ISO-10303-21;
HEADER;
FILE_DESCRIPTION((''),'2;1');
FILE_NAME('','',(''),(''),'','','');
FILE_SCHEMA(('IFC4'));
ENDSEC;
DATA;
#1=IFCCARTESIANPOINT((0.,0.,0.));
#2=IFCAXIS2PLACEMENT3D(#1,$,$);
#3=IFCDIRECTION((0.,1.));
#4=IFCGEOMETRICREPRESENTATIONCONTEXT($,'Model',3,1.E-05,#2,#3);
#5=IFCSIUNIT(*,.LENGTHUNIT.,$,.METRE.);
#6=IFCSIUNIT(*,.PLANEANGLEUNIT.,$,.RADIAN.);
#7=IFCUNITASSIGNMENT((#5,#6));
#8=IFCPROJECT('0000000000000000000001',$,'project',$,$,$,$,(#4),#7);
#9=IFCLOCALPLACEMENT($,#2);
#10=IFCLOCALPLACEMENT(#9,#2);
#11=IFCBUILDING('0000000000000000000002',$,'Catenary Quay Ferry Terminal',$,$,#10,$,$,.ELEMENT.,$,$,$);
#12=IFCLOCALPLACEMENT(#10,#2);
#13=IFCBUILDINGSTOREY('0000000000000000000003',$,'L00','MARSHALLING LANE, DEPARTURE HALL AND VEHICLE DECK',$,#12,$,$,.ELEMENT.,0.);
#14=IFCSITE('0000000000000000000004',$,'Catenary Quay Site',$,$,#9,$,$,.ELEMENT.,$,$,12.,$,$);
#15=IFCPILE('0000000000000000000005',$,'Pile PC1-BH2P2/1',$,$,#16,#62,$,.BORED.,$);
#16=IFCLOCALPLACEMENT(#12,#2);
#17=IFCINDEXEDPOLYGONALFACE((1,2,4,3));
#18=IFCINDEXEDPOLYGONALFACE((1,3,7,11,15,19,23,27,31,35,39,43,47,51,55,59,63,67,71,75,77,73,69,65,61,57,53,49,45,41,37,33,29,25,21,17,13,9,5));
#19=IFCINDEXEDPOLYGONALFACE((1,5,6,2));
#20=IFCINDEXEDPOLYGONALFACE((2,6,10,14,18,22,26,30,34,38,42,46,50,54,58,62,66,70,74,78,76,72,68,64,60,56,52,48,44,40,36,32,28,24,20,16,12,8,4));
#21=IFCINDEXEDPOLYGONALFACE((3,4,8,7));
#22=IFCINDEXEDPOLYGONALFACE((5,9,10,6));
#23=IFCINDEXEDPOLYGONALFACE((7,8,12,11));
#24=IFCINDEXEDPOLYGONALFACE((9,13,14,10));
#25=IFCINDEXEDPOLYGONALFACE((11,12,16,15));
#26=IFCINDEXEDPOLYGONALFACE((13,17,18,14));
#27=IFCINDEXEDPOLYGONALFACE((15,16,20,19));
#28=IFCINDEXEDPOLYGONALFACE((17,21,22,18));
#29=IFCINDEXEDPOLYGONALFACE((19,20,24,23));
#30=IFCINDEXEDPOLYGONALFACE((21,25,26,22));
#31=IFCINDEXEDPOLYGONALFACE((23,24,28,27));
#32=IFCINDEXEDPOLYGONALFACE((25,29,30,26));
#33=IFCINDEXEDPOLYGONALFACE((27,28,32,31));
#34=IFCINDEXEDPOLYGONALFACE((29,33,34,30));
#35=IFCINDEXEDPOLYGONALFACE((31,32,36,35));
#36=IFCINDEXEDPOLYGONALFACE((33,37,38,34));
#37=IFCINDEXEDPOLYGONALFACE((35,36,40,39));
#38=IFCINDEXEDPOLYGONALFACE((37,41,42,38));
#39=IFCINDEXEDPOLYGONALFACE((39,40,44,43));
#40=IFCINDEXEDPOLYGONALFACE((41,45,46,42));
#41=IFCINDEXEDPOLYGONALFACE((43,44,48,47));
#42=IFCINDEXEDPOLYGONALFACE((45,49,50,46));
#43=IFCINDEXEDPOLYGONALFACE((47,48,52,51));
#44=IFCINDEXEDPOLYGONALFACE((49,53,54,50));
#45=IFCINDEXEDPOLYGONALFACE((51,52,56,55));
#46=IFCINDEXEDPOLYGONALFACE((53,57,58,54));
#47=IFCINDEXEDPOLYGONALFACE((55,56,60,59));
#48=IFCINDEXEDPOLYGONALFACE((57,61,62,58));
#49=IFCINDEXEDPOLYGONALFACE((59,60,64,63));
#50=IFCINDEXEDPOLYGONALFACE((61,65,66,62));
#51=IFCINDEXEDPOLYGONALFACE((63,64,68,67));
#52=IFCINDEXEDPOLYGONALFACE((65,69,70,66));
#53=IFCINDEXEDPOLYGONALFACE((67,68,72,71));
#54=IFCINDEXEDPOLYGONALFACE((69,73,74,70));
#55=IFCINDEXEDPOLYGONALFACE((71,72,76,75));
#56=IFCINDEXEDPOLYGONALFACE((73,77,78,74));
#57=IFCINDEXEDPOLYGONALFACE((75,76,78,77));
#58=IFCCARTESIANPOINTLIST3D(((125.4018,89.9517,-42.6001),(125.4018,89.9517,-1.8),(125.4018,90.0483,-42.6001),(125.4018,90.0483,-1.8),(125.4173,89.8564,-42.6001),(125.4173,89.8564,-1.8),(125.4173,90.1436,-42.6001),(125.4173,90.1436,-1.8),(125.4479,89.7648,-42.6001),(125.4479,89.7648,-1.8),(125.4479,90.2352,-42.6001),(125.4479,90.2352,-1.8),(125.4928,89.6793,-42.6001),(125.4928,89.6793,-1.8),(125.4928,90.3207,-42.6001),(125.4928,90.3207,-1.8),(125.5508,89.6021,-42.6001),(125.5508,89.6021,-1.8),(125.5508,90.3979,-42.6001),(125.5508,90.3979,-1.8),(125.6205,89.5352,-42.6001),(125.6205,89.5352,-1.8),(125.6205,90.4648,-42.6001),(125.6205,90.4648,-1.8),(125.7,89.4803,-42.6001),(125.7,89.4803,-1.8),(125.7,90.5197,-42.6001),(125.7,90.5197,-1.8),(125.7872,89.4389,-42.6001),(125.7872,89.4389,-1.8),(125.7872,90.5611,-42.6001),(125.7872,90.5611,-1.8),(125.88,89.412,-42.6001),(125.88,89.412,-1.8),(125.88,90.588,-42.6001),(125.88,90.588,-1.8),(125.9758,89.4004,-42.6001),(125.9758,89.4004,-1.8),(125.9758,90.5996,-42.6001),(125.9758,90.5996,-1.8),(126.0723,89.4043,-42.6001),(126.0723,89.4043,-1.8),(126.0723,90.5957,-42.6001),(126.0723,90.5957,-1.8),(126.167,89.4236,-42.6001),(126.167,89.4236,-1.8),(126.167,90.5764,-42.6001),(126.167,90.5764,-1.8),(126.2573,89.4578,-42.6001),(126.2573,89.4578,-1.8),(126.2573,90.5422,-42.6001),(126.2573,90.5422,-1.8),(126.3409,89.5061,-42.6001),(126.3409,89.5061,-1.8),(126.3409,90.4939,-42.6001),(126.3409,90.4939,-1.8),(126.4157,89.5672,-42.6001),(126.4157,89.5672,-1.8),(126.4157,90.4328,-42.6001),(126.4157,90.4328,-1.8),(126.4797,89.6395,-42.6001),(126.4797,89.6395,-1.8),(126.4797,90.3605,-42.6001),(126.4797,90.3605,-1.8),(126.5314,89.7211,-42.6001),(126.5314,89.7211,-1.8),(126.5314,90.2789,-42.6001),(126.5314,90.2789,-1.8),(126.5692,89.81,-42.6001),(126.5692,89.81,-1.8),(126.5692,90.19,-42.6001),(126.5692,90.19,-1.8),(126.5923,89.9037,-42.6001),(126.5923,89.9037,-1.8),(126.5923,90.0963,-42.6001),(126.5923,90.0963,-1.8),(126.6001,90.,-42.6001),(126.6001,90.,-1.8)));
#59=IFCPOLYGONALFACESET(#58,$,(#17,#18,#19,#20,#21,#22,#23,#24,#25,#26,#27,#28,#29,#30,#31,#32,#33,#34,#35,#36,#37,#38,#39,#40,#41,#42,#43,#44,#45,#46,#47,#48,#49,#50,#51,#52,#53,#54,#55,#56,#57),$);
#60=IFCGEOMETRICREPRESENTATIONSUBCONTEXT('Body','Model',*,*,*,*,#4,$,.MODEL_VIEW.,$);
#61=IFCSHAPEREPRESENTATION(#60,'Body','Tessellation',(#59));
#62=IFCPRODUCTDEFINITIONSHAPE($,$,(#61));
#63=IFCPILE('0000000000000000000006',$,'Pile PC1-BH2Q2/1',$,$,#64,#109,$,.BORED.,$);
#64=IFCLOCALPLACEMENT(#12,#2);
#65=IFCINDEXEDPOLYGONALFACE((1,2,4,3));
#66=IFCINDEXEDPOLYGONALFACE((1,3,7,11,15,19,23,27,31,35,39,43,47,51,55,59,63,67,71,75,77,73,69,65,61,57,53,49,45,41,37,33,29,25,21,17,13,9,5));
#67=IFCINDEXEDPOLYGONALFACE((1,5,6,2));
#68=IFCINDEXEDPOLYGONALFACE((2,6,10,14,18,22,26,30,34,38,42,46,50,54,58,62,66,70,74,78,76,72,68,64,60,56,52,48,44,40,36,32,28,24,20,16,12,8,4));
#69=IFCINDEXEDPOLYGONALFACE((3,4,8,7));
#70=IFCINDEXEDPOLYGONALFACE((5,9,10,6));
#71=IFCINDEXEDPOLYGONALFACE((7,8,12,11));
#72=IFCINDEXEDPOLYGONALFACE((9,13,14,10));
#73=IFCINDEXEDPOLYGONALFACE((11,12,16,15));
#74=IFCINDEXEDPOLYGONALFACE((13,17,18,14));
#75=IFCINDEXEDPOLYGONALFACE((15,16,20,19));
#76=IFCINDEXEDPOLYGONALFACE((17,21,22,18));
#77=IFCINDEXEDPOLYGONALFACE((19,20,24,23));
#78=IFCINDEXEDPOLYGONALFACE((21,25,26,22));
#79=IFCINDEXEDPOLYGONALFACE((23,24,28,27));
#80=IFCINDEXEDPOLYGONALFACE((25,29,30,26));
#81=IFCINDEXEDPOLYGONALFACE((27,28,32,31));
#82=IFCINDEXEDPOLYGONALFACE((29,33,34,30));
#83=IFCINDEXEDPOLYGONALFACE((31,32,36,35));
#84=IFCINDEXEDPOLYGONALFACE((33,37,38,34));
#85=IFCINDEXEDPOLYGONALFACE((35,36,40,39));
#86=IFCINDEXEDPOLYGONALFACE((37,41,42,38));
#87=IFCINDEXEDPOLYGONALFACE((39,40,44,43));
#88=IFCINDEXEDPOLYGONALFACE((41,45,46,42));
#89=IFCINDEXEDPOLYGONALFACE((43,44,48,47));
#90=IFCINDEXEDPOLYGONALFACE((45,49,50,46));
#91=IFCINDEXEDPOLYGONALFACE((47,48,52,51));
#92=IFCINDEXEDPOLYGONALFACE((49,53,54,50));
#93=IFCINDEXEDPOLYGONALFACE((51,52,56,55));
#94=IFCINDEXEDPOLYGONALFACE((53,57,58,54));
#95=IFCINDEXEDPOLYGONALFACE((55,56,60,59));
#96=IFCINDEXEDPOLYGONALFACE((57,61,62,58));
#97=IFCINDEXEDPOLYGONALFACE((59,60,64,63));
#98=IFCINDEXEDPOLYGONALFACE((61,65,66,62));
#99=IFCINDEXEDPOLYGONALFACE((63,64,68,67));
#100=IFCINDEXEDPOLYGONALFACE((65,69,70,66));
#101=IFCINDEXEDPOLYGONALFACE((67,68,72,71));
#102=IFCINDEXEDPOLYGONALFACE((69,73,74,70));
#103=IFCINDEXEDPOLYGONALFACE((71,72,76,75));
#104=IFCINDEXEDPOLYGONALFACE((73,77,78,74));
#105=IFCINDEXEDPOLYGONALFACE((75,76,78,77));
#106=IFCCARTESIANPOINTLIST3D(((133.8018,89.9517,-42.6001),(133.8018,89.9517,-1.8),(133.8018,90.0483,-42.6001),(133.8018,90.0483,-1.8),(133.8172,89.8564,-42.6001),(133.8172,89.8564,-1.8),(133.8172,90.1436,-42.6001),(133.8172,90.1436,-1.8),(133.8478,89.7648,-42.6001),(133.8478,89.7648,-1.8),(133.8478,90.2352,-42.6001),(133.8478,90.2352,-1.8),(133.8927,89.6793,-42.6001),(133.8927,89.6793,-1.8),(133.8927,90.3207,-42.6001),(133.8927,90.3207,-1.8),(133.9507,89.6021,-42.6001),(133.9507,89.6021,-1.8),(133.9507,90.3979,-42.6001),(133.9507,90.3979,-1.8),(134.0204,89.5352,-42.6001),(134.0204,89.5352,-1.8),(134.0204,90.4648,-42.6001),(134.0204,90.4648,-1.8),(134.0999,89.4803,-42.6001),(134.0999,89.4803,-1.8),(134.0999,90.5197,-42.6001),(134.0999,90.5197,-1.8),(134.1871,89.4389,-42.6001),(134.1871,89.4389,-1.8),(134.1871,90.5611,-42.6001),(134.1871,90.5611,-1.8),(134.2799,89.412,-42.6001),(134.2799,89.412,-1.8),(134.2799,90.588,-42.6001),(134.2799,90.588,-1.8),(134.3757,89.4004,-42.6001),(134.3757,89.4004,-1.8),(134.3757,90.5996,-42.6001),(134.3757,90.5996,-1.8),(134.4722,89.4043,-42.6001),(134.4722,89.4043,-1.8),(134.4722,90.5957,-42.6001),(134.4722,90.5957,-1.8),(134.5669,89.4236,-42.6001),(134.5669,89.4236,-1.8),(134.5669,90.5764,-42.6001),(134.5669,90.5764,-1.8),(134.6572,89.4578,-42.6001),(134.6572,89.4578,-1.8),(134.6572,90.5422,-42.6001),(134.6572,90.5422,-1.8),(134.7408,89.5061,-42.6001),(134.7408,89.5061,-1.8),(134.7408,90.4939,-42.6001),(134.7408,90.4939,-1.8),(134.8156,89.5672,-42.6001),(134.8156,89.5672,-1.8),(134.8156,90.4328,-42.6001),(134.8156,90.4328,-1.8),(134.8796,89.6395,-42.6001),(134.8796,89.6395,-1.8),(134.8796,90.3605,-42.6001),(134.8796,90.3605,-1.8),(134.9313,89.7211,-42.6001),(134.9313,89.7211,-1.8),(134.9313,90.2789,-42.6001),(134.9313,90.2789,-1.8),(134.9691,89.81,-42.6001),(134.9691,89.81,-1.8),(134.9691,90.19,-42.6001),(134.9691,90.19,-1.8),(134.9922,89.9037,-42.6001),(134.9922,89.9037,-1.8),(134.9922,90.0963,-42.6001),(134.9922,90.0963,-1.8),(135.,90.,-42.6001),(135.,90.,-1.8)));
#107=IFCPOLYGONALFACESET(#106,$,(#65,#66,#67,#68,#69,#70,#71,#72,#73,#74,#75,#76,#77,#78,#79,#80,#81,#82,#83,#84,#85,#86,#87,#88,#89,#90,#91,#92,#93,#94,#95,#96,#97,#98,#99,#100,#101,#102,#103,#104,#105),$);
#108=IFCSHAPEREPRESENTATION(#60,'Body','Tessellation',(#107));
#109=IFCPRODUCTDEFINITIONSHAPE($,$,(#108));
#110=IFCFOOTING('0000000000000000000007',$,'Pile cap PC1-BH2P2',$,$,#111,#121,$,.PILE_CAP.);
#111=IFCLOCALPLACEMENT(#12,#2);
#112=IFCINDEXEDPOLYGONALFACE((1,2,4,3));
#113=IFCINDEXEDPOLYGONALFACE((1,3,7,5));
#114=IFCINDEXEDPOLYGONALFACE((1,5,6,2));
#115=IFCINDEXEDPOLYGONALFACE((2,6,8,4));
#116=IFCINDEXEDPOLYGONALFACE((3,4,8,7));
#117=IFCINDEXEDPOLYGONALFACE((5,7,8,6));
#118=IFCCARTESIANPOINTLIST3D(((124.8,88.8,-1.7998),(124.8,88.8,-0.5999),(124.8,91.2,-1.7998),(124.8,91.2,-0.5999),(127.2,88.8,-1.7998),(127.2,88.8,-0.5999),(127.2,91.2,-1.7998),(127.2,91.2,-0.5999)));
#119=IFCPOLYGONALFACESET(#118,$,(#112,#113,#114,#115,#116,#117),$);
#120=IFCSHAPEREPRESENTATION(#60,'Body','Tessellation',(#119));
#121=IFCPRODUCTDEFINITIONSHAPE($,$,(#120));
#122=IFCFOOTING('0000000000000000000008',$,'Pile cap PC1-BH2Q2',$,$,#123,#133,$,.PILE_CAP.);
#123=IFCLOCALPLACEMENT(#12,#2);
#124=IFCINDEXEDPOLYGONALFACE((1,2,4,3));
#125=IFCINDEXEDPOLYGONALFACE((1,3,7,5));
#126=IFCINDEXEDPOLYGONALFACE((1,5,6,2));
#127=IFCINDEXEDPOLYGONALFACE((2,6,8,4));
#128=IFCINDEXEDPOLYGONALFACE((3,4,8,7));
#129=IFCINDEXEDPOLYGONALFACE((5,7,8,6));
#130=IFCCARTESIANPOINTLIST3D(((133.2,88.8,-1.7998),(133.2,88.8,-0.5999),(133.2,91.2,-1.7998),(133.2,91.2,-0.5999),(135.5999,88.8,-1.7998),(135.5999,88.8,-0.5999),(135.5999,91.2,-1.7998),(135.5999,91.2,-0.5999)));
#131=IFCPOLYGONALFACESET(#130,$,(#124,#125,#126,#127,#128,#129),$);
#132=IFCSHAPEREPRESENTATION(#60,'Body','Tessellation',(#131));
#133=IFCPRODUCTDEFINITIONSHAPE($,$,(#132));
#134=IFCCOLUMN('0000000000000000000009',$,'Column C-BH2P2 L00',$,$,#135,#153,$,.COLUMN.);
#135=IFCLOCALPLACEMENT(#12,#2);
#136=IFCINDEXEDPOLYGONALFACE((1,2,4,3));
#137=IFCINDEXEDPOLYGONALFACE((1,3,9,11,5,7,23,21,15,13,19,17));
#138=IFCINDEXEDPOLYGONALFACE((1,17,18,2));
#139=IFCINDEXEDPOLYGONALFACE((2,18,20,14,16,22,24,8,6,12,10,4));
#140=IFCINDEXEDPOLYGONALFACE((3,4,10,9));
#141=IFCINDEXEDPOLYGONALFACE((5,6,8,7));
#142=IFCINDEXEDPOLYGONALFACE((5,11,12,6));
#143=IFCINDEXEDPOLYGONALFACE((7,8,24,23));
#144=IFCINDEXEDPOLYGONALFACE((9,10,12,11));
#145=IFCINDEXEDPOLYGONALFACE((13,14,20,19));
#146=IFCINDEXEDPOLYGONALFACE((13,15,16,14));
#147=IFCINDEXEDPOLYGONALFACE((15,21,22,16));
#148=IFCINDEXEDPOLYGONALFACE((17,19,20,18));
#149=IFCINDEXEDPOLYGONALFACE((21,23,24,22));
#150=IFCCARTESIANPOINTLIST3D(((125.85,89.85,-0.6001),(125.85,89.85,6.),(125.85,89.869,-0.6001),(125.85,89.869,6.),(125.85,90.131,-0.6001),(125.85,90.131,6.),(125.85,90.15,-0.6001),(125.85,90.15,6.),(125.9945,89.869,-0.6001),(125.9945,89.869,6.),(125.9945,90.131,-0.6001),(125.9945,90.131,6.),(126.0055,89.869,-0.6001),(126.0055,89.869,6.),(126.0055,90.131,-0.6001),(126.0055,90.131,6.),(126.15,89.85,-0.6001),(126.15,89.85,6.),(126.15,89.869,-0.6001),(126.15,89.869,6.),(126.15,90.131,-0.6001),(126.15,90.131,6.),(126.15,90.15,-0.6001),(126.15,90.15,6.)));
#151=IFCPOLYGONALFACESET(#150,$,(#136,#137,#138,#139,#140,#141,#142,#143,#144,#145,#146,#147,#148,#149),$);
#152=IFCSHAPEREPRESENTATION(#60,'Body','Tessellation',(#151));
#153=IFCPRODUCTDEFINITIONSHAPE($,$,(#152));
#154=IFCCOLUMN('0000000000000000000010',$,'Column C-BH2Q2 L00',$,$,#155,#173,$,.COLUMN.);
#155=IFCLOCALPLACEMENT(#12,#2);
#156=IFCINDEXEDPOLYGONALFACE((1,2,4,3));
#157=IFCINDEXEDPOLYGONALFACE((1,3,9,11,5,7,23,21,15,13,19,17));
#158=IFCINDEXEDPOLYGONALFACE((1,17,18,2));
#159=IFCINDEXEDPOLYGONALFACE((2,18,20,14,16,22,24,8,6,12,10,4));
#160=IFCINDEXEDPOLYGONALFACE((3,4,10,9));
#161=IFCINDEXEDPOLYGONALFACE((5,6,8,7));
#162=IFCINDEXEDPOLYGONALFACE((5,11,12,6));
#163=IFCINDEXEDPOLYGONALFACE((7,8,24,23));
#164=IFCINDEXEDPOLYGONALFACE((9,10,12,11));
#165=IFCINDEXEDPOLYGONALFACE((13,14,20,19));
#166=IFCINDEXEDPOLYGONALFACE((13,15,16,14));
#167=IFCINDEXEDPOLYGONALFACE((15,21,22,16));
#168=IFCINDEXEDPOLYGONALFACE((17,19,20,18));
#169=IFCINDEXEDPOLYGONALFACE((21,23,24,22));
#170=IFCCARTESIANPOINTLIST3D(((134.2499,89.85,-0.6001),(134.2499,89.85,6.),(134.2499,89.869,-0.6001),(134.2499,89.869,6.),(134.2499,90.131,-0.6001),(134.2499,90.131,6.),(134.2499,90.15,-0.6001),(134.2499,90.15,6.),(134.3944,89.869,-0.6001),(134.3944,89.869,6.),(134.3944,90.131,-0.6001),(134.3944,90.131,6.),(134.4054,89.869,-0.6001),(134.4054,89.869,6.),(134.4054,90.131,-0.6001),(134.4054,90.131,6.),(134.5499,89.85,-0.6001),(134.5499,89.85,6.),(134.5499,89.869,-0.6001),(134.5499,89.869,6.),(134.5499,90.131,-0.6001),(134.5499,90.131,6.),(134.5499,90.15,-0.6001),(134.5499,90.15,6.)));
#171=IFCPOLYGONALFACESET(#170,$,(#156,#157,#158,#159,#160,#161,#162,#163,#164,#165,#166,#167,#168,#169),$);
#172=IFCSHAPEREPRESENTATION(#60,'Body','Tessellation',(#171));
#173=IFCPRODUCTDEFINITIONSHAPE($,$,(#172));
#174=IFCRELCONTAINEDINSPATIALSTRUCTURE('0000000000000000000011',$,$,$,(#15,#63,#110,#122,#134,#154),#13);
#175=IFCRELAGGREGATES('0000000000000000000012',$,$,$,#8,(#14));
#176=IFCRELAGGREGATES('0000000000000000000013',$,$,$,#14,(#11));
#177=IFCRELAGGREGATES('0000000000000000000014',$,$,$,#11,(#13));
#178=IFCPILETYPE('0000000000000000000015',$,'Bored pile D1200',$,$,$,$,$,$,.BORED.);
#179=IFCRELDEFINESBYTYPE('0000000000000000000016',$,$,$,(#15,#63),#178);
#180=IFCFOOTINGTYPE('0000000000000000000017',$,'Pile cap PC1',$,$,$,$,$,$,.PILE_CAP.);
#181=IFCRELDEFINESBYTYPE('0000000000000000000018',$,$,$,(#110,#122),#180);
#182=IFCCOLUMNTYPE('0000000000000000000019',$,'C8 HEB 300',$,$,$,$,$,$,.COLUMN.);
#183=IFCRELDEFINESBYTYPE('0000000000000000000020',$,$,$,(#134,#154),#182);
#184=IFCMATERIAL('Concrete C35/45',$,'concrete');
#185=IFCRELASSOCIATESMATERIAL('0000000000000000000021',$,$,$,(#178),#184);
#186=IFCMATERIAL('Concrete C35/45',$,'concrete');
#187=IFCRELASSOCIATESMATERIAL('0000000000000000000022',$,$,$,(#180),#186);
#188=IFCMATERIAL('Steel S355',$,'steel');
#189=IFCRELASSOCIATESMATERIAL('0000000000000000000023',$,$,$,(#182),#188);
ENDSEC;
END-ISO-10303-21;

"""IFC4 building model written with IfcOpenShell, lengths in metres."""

from ifc_helpers import new_model, si_unit, direction, frame, origin, origin_2d, place, context, subcontext, project, spatial, rectangle, circle, i_section, extrude, material, material_profile, profile_set, type_object, element, save


model = new_model("IFC4")

# Units and contexts
model_context = context("Model", 3, precision=1e-05, world=origin(), true_north=direction((0.0, 1.0)))
body_context = subcontext(model_context, "Body", "Model", "MODEL_VIEW")
ifc_project = project(units=[si_unit("LENGTHUNIT", "METRE"), si_unit("PLANEANGLEUNIT", "RADIAN")], contexts=[model_context])

# Site, building, storey
site_placement = place(None, origin())
site = spatial("IfcSite", under=ifc_project, at=site_placement, Name="Catenary Quay Site", CompositionType="ELEMENT", RefElevation=12.0)
building_placement = place(site_placement, origin())
building = spatial("IfcBuilding", under=site, at=building_placement, Name="Catenary Quay Ferry Terminal", CompositionType="ELEMENT")
storey_placement = place(building_placement, origin())
storey = spatial("IfcBuildingStorey", under=building, at=storey_placement, Name="L00", Description="MARSHALLING LANE, DEPARTURE HALL AND VEHICLE DECK", CompositionType="ELEMENT", Elevation=0.0)

# Piles
ifc_material_1 = material(Name="Concrete C35/45", Category="concrete")
ifc_material_profile_1 = material_profile(ifc_material_1, circle(Radius=0.6001, at=origin_2d()), Name="D1200")
ifc_profile_set_1 = profile_set([ifc_material_profile_1], Name="Concrete C35/45")
pile_type = type_object("IfcPileType", Name="Bored pile D1200", PredefinedType="BORED", material=ifc_profile_set_1)
for number, where, z_axis, x_axis, name in (
    (1, (126.0, 90.0, -1.8), (0.0, 0.0, -1.0), (1.0, 0.0, 0.0), "Pile PC1-BH2P2/1"),
    (2, (134.3999, 90.0, -1.8), (0.0, 0.0, -1.0), (1.0, 0.0, 0.0), "Pile PC1-BH2Q2/1"),
):
    element("IfcPile", number, at=place(storey_placement, frame(where, z_axis=z_axis, x_axis=x_axis)), inside=storey, type_object=pile_type, Name=name, PredefinedType="BORED", context=body_context, shape_type="SweptSolid", body=[
        extrude(circle(Radius=0.6001, at=origin_2d()), origin(), (0.0, 0.0, 1.0), 40.8),
    ])

# Footings
ifc_material_2 = material(Name="Concrete C35/45", Category="concrete")
footing_type = type_object("IfcFootingType", Name="Pile cap PC1", PredefinedType="PILE_CAP", material=ifc_material_2)
for number, where, z_axis, x_axis, name in (
    (3, (126.0, 90.0, -1.7998), (0.0, 0.0, 1.0), (1.0, 0.0, 0.0), "Pile cap PC1-BH2P2"),
    (4, (134.3999, 90.0, -1.7998), (0.0, 0.0, 1.0), (1.0, 0.0, 0.0), "Pile cap PC1-BH2Q2"),
):
    element("IfcFooting", number, at=place(storey_placement, frame(where, z_axis=z_axis, x_axis=x_axis)), inside=storey, type_object=footing_type, Name=name, PredefinedType="PILE_CAP", context=body_context, shape_type="SweptSolid", body=[
        extrude(rectangle(XDim=2.3999, YDim=2.3999, at=origin_2d()), origin(), (0.0, 0.0, 1.0), 1.2),
    ])

# Columns
ifc_material_3 = material(Name="Steel S355", Category="steel")
ifc_material_profile_2 = material_profile(ifc_material_3, i_section(OverallWidth=0.3, OverallDepth=0.3, WebThickness=0.011, FlangeThickness=0.019, at=origin_2d()), Name="HEB 300")
ifc_profile_set_2 = profile_set([ifc_material_profile_2], Name="Steel S355")
column_type_1 = type_object("IfcColumnType", Name="C8 HEB 300", PredefinedType="COLUMN", material=ifc_profile_set_2)
for number, where, z_axis, x_axis, name in (
    (5, (126.0, 90.0, -0.6001), (0.0, 0.0, 1.0), (1.0, 0.0, 0.0), "Column C-BH2P2 L00"),
    (6, (134.3999, 90.0, -0.6001), (0.0, 0.0, 1.0), (1.0, 0.0, 0.0), "Column C-BH2Q2 L00"),
):
    element("IfcColumn", number, at=place(storey_placement, frame(where, z_axis=z_axis, x_axis=x_axis)), inside=storey, type_object=column_type_1, Name=name, PredefinedType="COLUMN", context=body_context, shape_type="SweptSolid", body=[
        extrude(i_section(OverallWidth=0.3, OverallDepth=0.3, WebThickness=0.011, FlangeThickness=0.019, at=origin_2d()), origin(), (0.0, 0.0, 1.0), 6.6001),
    ])

save(model, "model.ifc")
